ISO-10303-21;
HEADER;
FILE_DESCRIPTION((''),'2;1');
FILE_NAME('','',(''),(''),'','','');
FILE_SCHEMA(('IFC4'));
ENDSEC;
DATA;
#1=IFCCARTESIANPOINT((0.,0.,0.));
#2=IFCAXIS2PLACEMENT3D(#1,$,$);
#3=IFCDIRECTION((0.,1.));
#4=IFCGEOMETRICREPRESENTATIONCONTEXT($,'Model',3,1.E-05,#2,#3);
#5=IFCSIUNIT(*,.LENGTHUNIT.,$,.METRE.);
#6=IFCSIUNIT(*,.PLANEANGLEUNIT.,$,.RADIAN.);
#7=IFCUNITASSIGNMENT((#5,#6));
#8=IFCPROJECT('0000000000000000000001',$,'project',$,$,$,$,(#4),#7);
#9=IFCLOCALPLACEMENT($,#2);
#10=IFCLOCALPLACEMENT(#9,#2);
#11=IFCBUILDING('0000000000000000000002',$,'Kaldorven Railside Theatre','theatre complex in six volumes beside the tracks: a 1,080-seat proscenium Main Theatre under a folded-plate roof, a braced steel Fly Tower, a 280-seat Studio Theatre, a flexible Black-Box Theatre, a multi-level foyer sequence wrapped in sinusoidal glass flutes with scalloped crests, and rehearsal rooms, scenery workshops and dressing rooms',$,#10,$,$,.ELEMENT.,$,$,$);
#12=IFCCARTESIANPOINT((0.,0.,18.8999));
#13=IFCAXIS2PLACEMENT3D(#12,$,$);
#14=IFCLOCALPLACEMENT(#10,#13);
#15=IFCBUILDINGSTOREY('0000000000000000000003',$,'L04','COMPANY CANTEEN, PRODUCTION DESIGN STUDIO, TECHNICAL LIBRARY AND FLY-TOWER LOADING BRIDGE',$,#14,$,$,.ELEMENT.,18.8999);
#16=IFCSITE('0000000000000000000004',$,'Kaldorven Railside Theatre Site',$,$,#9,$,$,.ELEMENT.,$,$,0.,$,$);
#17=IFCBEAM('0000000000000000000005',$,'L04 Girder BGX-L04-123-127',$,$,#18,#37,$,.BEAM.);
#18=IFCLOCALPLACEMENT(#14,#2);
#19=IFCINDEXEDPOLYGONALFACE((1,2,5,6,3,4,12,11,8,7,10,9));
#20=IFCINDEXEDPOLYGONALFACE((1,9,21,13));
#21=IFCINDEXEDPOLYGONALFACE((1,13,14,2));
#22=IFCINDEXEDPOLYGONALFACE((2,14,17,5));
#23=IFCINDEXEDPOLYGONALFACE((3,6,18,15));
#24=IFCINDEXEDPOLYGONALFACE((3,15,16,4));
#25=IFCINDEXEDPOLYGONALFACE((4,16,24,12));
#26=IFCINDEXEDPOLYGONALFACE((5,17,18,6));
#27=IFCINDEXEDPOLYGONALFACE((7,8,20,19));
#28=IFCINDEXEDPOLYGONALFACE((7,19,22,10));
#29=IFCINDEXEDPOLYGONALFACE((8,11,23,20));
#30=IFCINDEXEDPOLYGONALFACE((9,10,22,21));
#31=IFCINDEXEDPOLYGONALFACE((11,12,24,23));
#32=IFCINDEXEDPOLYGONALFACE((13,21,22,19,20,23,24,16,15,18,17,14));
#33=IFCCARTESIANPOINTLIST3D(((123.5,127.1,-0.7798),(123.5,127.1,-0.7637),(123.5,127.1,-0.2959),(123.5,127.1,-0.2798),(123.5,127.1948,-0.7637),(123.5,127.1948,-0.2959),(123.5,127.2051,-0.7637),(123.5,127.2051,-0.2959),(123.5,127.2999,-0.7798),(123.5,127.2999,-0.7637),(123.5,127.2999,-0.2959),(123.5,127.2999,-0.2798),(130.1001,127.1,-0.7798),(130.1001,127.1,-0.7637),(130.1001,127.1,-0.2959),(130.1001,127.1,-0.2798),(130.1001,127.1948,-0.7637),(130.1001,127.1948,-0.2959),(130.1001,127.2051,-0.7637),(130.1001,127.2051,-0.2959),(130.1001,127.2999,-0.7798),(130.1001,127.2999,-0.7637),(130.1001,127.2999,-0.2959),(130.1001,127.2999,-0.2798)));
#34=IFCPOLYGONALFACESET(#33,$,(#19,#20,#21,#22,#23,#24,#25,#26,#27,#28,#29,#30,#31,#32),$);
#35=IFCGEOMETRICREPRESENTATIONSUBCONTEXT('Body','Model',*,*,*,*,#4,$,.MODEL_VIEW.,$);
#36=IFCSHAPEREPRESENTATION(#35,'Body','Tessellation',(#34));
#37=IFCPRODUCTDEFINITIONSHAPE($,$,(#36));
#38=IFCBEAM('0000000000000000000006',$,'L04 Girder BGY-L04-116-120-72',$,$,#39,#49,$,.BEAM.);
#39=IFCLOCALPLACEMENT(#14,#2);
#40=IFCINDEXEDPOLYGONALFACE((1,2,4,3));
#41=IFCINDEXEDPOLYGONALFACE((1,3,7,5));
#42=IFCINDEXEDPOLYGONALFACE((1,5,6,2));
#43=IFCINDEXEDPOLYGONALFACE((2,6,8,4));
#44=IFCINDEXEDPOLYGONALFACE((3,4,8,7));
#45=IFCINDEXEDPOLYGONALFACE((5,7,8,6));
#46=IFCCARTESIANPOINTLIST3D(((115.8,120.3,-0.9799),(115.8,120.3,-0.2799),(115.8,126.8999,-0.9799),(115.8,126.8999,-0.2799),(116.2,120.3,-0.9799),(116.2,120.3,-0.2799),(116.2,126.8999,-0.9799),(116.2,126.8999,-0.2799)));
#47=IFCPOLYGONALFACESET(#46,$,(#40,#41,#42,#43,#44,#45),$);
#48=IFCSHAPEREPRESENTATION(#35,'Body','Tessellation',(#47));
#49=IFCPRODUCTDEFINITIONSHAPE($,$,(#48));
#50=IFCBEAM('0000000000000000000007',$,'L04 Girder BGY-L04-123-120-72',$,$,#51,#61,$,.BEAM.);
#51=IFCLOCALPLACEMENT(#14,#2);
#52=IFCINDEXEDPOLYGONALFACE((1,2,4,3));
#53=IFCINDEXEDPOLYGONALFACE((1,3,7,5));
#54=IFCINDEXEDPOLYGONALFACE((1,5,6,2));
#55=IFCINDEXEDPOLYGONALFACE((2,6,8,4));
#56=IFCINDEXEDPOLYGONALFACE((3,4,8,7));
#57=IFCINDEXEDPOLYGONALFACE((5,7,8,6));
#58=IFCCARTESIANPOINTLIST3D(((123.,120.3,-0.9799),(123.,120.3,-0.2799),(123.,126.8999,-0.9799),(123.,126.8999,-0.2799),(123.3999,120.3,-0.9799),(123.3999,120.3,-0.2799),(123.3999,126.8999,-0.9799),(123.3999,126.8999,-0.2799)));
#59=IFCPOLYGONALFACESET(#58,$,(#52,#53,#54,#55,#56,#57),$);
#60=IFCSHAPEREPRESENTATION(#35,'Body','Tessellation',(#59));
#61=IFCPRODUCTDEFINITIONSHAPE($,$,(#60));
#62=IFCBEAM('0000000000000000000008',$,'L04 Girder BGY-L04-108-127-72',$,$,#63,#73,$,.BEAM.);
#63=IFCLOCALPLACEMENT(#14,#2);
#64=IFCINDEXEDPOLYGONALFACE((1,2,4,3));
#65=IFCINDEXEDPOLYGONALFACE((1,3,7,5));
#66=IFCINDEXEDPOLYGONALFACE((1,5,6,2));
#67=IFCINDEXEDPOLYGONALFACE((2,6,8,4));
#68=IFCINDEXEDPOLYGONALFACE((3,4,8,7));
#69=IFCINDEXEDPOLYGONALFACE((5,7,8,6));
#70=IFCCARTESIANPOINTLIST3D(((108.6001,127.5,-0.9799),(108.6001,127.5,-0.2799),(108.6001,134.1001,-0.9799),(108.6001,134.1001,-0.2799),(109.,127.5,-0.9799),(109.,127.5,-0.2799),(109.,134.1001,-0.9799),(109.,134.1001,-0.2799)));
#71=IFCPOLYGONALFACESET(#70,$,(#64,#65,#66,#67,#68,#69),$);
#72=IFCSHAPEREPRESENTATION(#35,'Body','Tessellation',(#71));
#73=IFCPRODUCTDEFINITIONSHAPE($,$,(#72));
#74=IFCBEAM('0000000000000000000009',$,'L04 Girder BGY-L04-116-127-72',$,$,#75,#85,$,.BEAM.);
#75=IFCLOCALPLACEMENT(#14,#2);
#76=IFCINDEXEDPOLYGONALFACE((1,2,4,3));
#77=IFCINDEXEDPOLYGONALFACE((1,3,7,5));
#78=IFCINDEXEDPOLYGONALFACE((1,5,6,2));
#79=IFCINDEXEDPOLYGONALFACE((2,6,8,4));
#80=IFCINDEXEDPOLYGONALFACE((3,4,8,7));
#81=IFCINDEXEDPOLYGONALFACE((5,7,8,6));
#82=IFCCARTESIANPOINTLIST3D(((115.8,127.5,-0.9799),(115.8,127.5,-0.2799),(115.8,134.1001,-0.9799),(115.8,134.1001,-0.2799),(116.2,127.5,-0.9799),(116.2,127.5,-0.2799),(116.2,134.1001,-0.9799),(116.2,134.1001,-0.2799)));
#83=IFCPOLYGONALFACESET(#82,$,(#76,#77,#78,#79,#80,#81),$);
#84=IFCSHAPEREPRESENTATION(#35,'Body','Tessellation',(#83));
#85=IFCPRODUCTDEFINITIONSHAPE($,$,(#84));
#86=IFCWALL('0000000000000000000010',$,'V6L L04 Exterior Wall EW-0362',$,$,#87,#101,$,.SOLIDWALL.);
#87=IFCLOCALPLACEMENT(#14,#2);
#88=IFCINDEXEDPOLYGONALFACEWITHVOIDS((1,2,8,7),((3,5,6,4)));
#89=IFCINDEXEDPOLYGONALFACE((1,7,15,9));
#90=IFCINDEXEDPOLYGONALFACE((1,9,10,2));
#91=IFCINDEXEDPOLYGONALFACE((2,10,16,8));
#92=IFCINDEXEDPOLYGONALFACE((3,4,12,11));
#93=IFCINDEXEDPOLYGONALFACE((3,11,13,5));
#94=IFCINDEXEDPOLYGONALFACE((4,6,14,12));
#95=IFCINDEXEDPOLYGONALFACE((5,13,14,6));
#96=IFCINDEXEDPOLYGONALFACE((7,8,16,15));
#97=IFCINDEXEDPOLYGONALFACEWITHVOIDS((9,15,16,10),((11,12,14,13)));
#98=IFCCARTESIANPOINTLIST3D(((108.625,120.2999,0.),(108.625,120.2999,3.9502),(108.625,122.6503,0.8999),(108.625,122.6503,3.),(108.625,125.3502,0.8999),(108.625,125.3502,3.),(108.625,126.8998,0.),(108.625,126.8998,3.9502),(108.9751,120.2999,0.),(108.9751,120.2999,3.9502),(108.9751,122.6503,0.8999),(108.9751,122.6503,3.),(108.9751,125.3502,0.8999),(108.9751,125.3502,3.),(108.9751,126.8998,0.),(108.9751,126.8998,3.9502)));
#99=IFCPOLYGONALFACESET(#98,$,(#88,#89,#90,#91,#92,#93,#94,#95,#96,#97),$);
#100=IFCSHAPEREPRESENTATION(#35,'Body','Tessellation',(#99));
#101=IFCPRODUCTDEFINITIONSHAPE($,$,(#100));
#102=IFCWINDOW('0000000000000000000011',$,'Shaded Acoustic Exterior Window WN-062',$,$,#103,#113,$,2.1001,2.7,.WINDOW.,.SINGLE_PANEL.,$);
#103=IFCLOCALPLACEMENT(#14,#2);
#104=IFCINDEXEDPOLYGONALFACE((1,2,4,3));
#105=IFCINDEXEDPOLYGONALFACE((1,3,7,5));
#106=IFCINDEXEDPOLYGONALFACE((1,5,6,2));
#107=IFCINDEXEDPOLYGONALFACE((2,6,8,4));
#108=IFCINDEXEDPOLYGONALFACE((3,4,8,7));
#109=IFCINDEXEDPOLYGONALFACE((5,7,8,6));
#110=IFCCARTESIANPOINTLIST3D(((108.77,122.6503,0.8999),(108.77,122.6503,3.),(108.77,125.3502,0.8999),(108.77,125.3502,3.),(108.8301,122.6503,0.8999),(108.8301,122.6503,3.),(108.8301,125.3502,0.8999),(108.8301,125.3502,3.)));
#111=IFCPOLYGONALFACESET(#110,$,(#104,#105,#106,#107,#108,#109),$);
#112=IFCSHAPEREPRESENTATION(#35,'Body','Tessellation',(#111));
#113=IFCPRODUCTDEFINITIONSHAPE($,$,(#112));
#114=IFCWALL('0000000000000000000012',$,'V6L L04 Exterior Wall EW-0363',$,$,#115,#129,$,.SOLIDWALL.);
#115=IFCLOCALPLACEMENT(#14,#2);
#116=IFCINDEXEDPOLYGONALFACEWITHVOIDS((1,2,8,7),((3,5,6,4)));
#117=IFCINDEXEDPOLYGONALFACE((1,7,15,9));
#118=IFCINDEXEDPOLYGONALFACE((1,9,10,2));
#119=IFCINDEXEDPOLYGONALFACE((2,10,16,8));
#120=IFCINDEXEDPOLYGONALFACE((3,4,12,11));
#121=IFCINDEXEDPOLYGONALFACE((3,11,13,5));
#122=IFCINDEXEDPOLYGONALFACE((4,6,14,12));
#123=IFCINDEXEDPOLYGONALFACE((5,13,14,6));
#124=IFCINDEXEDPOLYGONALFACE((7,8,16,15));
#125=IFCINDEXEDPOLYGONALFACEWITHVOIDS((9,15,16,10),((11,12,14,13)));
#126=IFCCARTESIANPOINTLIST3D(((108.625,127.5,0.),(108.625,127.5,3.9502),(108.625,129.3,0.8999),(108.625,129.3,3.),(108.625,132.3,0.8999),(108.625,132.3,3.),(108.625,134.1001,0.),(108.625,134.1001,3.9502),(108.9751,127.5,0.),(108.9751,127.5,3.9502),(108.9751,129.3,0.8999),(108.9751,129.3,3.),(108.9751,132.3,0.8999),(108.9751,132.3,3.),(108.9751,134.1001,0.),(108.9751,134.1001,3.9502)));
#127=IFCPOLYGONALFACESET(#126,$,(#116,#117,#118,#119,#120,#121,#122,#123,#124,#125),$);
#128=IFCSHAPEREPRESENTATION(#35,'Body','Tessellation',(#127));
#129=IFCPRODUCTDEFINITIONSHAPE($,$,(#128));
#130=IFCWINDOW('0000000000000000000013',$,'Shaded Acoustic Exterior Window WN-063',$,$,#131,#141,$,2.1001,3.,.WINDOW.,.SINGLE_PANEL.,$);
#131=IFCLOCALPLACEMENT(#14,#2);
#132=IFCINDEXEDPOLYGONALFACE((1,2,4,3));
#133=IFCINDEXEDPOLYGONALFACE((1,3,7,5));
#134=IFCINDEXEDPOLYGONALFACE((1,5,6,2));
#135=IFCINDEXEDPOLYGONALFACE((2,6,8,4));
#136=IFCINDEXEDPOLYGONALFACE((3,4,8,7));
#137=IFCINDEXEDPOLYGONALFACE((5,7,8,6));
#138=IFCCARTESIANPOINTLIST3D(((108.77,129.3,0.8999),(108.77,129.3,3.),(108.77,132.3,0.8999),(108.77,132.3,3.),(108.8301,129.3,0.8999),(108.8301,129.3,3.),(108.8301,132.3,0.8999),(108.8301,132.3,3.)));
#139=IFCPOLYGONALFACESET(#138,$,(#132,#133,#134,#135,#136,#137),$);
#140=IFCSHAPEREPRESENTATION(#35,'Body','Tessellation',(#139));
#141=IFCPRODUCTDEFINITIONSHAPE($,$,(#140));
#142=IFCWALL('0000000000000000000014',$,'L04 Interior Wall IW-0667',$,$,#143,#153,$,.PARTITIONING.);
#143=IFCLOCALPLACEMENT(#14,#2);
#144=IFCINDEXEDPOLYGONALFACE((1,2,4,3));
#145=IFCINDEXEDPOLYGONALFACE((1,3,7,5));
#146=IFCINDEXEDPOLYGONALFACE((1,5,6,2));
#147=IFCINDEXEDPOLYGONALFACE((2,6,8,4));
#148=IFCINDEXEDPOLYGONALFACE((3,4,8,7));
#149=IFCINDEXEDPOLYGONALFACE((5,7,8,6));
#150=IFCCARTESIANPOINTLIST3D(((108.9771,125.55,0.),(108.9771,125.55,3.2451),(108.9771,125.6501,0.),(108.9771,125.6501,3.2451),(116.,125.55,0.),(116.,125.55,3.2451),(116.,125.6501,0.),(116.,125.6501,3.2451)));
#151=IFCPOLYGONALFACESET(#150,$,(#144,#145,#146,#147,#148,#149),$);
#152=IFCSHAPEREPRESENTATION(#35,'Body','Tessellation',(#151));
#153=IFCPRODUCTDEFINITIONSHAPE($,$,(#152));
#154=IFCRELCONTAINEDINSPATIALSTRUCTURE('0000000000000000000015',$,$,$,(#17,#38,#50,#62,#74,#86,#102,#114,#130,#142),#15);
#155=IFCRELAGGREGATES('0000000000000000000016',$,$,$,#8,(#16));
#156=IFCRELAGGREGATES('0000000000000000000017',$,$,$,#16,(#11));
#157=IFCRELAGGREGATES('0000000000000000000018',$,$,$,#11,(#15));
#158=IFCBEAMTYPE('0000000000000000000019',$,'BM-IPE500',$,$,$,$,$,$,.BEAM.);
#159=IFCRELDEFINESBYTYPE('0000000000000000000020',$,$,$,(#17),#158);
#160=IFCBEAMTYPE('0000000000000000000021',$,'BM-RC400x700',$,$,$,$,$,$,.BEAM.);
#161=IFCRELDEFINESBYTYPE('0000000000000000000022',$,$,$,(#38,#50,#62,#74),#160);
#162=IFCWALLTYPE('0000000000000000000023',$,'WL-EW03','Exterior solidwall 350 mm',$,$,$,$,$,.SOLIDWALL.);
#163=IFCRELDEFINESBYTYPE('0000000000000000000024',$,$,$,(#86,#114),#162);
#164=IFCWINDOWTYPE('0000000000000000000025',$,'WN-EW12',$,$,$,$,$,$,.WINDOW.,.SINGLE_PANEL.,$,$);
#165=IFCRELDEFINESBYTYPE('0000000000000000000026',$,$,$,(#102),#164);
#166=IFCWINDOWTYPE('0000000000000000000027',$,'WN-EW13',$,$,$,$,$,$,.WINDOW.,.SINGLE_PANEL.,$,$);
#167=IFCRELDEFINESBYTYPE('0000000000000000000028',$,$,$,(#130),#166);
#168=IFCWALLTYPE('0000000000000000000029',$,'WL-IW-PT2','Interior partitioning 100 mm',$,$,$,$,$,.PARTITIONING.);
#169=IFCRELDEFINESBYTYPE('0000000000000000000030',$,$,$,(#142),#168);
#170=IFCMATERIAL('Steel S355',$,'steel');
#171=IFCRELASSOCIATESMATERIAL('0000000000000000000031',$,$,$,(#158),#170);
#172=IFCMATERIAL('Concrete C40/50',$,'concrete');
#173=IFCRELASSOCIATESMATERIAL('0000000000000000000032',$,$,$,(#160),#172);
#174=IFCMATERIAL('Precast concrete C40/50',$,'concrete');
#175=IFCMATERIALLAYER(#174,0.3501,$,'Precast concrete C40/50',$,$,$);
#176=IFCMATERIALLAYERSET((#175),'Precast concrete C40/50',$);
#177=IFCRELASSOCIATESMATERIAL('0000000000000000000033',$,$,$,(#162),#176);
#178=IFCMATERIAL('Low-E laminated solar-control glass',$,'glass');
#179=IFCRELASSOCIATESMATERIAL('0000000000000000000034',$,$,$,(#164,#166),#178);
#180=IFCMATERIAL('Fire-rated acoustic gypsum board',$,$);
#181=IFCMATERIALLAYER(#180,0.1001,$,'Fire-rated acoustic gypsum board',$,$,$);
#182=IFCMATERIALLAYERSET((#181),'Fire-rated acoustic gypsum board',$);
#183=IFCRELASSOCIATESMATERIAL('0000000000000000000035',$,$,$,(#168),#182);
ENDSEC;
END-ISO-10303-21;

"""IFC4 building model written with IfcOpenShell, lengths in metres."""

from ifc_helpers import new_model, si_unit, direction, frame, frame_2d, origin, origin_2d, place, context, subcontext, project, spatial, rectangle, i_section, extrude, material, layer, layer_set, material_profile, profile_set, type_object, element, fill, save


model = new_model("IFC4")

# Units and contexts
model_context = context("Model", 3, precision=1e-05, world=origin(), true_north=direction((0.0, 1.0)))
body_context = subcontext(model_context, "Body", "Model", "MODEL_VIEW")
ifc_project = project(units=[si_unit("LENGTHUNIT", "METRE"), si_unit("PLANEANGLEUNIT", "RADIAN")], contexts=[model_context])

# Site, building, storey
site_placement = place(None, origin())
site = spatial("IfcSite", under=ifc_project, at=site_placement, Name="Kaldorven Railside Theatre Site", CompositionType="ELEMENT", RefElevation=0.0)
building_placement = place(site_placement, origin())
building = spatial("IfcBuilding", under=site, at=building_placement, Name="Kaldorven Railside Theatre", Description="theatre complex in six volumes beside the tracks: a 1,080-seat proscenium Main Theatre under a folded-plate roof, a braced steel Fly Tower, a 280-seat Studio Theatre, a flexible Black-Box Theatre, a multi-level foyer sequence wrapped in sinusoidal glass flutes with scalloped crests, and rehearsal rooms, scenery workshops and dressing rooms", CompositionType="ELEMENT")
storey_placement = place(building_placement, frame((0.0, 0.0, 18.8999)))
storey = spatial("IfcBuildingStorey", under=building, at=storey_placement, Name="L04", Description="COMPANY CANTEEN, PRODUCTION DESIGN STUDIO, TECHNICAL LIBRARY AND FLY-TOWER LOADING BRIDGE", CompositionType="ELEMENT", Elevation=18.8999)

# Shared definitions
ifc_material_1 = material(Name="Concrete C40/50", Category="concrete")

# Beams
ifc_material_2 = material(Name="Steel S355", Category="steel")
ifc_material_profile_1 = material_profile(ifc_material_2, i_section(OverallWidth=0.2, OverallDepth=0.5, WebThickness=0.0103, FlangeThickness=0.0161, at=origin_2d()), Name="IPE 500")
ifc_profile_set_1 = profile_set([ifc_material_profile_1], Name="Steel S355")
beam_type_1 = type_object("IfcBeamType", Name="BM-IPE500", PredefinedType="BEAM", material=ifc_profile_set_1)
beam_placement = place(storey_placement, frame((123.5, 127.2, -0.5298), z_axis=(1.0, 0.0, 0.0), x_axis=(0.0, 1.0, 0.0)))
element("IfcBeam", 1, at=beam_placement, inside=storey, type_object=beam_type_1, Name="L04 Girder BGX-L04-123-127", PredefinedType="BEAM", context=body_context, shape_type="SweptSolid", body=[
    extrude(i_section(OverallWidth=0.2, OverallDepth=0.5, WebThickness=0.0103, FlangeThickness=0.0161, at=origin_2d()), origin(), (0.0, 0.0, 1.0), 6.6001),
])
ifc_material_profile_2 = material_profile(ifc_material_1, rectangle(XDim=0.3999, YDim=0.7, at=origin_2d()), Name="RC 400x700")
ifc_profile_set_2 = profile_set([ifc_material_profile_2], Name="Concrete C40/50")
beam_type_2 = type_object("IfcBeamType", Name="BM-RC400x700", PredefinedType="BEAM", material=ifc_profile_set_2)
for number, where, z_axis, x_axis, name in (
    (2, (116.0, 120.3, -0.6299), (0.0, 1.0, 0.0), (-1.0, 0.0, 0.0), "L04 Girder BGY-L04-116-120-72"),
    (3, (123.2, 120.3, -0.6299), (0.0, 1.0, 0.0), (-1.0, 0.0, 0.0), "L04 Girder BGY-L04-123-120-72"),
):
    element("IfcBeam", number, at=place(storey_placement, frame(where, z_axis=z_axis, x_axis=x_axis)), inside=storey, type_object=beam_type_2, Name=name, PredefinedType="BEAM", context=body_context, shape_type="SweptSolid", body=[
        extrude(rectangle(XDim=0.3999, YDim=0.7, at=origin_2d()), origin(), (0.0, 0.0, 1.0), 6.5999),
    ])
for number, where, z_axis, x_axis, name in (
    (4, (108.8, 127.5, -0.6299), (0.0, 1.0, 0.0), (-1.0, 0.0, 0.0), "L04 Girder BGY-L04-108-127-72"),
    (5, (116.0, 127.5, -0.6299), (0.0, 1.0, 0.0), (-1.0, 0.0, 0.0), "L04 Girder BGY-L04-116-127-72"),
):
    element("IfcBeam", number, at=place(storey_placement, frame(where, z_axis=z_axis, x_axis=x_axis)), inside=storey, type_object=beam_type_2, Name=name, PredefinedType="BEAM", context=body_context, shape_type="SweptSolid", body=[
        extrude(rectangle(XDim=0.3999, YDim=0.7, at=origin_2d()), origin(), (0.0, 0.0, 1.0), 6.6001),
    ])

# Walls, openings, windows
ifc_material_3 = material(Name="Precast concrete C40/50", Category="concrete")
ifc_layer_1 = layer(ifc_material_3, 0.3501, Name="Precast concrete C40/50")
ifc_layer_set_1 = layer_set([ifc_layer_1], Name="Precast concrete C40/50")
wall_type_1 = type_object("IfcWallType", Name="WL-EW03", Description="Exterior solidwall 350 mm", PredefinedType="SOLIDWALL", material=ifc_layer_set_1)
wall_1_placement = place(storey_placement, frame((108.8, 120.3, 0.0), z_axis=(0.0, 0.0, 1.0), x_axis=(0.0, 1.0, 0.0)))
wall_1 = element("IfcWall", 6, at=wall_1_placement, inside=storey, type_object=wall_type_1, Name="V6L L04 Exterior Wall EW-0362", PredefinedType="SOLIDWALL", context=body_context, shape_type="SweptSolid", body=[
    extrude(rectangle(XDim=6.5999, YDim=0.3501, at=frame_2d((3.2998, 0.0))), origin(), (0.0, 0.0, 1.0), 3.9502),
])
opening_1_placement = place(wall_1_placement, frame((2.3501, 0.0, 0.8999)))
opening_1 = element("IfcOpeningElement", 7, at=opening_1_placement, cuts=wall_1, PredefinedType="OPENING", context=body_context, shape_type="SweptSolid", body=[
    extrude(rectangle(XDim=2.7, YDim=2.1001, at=frame_2d((1.3501, 1.05))), frame((0.0, 0.1851, 0.0), z_axis=(0.0, -1.0, 0.0), x_axis=(1.0, 0.0, 0.0)), (0.0, 0.0, 1.0), 0.3701),
])
ifc_material_4 = material(Name="Low-E laminated solar-control glass", Category="glass")
window_type_1 = type_object("IfcWindowType", Name="WN-EW12", PartitioningType="SINGLE_PANEL", PredefinedType="WINDOW", material=ifc_material_4)
window_1_placement = place(opening_1_placement, origin())
window_1 = element("IfcWindow", 8, at=window_1_placement, inside=storey, type_object=window_type_1, Name="Shaded Acoustic Exterior Window WN-062", OverallHeight=2.1001, OverallWidth=2.7, PartitioningType="SINGLE_PANEL", PredefinedType="WINDOW", context=body_context, shape_type="SweptSolid", body=[
    extrude(rectangle(XDim=2.7, YDim=2.1001, at=frame_2d((1.3501, 1.05))), frame((0.0, 0.03, 0.0), z_axis=(0.0, -1.0, 0.0), x_axis=(1.0, 0.0, 0.0)), (0.0, 0.0, 1.0), 0.0601),
])
fill(opening_1, window_1)
wall_2_placement = place(storey_placement, frame((108.8, 127.5, 0.0), z_axis=(0.0, 0.0, 1.0), x_axis=(0.0, 1.0, 0.0)))
wall_2 = element("IfcWall", 9, at=wall_2_placement, inside=storey, type_object=wall_type_1, Name="V6L L04 Exterior Wall EW-0363", PredefinedType="SOLIDWALL", context=body_context, shape_type="SweptSolid", body=[
    extrude(rectangle(XDim=6.6001, YDim=0.3501, at=frame_2d((3.3, 0.0))), origin(), (0.0, 0.0, 1.0), 3.9502),
])
opening_2_placement = place(wall_2_placement, frame((1.8, 0.0, 0.8999)))
opening_2 = element("IfcOpeningElement", 10, at=opening_2_placement, cuts=wall_2, PredefinedType="OPENING", context=body_context, shape_type="SweptSolid", body=[
    extrude(rectangle(XDim=3.0, YDim=2.1001, at=frame_2d((1.5, 1.05))), frame((0.0, 0.1851, 0.0), z_axis=(0.0, -1.0, 0.0), x_axis=(1.0, 0.0, 0.0)), (0.0, 0.0, 1.0), 0.3701),
])
window_type_2 = type_object("IfcWindowType", Name="WN-EW13", PartitioningType="SINGLE_PANEL", PredefinedType="WINDOW", material=ifc_material_4)
window_2_placement = place(opening_2_placement, origin())
window_2 = element("IfcWindow", 11, at=window_2_placement, inside=storey, type_object=window_type_2, Name="Shaded Acoustic Exterior Window WN-063", OverallHeight=2.1001, OverallWidth=3.0, PartitioningType="SINGLE_PANEL", PredefinedType="WINDOW", context=body_context, shape_type="SweptSolid", body=[
    extrude(rectangle(XDim=3.0, YDim=2.1001, at=frame_2d((1.5, 1.05))), frame((0.0, 0.03, 0.0), z_axis=(0.0, -1.0, 0.0), x_axis=(1.0, 0.0, 0.0)), (0.0, 0.0, 1.0), 0.0601),
])
fill(opening_2, window_2)

# Wall
ifc_material_5 = material(Name="Fire-rated acoustic gypsum board")
ifc_layer_2 = layer(ifc_material_5, 0.1001, Name="Fire-rated acoustic gypsum board")
ifc_layer_set_2 = layer_set([ifc_layer_2], Name="Fire-rated acoustic gypsum board")
wall_type_2 = type_object("IfcWallType", Name="WL-IW-PT2", Description="Interior partitioning 100 mm", PredefinedType="PARTITIONING", material=ifc_layer_set_2)
wall_3_placement = place(storey_placement, frame((108.9771, 125.6001, 0.0), z_axis=(0.0, 0.0, 1.0), x_axis=(1.0, 0.0, 0.0)))
element("IfcWall", 12, at=wall_3_placement, inside=storey, type_object=wall_type_2, Name="L04 Interior Wall IW-0667", PredefinedType="PARTITIONING", context=body_context, shape_type="SweptSolid", body=[
    extrude(rectangle(XDim=7.0229, YDim=0.1001, at=frame_2d((3.5115, 0.0))), origin(), (0.0, 0.0, 1.0), 3.2451),
])

save(model, "model.ifc")
